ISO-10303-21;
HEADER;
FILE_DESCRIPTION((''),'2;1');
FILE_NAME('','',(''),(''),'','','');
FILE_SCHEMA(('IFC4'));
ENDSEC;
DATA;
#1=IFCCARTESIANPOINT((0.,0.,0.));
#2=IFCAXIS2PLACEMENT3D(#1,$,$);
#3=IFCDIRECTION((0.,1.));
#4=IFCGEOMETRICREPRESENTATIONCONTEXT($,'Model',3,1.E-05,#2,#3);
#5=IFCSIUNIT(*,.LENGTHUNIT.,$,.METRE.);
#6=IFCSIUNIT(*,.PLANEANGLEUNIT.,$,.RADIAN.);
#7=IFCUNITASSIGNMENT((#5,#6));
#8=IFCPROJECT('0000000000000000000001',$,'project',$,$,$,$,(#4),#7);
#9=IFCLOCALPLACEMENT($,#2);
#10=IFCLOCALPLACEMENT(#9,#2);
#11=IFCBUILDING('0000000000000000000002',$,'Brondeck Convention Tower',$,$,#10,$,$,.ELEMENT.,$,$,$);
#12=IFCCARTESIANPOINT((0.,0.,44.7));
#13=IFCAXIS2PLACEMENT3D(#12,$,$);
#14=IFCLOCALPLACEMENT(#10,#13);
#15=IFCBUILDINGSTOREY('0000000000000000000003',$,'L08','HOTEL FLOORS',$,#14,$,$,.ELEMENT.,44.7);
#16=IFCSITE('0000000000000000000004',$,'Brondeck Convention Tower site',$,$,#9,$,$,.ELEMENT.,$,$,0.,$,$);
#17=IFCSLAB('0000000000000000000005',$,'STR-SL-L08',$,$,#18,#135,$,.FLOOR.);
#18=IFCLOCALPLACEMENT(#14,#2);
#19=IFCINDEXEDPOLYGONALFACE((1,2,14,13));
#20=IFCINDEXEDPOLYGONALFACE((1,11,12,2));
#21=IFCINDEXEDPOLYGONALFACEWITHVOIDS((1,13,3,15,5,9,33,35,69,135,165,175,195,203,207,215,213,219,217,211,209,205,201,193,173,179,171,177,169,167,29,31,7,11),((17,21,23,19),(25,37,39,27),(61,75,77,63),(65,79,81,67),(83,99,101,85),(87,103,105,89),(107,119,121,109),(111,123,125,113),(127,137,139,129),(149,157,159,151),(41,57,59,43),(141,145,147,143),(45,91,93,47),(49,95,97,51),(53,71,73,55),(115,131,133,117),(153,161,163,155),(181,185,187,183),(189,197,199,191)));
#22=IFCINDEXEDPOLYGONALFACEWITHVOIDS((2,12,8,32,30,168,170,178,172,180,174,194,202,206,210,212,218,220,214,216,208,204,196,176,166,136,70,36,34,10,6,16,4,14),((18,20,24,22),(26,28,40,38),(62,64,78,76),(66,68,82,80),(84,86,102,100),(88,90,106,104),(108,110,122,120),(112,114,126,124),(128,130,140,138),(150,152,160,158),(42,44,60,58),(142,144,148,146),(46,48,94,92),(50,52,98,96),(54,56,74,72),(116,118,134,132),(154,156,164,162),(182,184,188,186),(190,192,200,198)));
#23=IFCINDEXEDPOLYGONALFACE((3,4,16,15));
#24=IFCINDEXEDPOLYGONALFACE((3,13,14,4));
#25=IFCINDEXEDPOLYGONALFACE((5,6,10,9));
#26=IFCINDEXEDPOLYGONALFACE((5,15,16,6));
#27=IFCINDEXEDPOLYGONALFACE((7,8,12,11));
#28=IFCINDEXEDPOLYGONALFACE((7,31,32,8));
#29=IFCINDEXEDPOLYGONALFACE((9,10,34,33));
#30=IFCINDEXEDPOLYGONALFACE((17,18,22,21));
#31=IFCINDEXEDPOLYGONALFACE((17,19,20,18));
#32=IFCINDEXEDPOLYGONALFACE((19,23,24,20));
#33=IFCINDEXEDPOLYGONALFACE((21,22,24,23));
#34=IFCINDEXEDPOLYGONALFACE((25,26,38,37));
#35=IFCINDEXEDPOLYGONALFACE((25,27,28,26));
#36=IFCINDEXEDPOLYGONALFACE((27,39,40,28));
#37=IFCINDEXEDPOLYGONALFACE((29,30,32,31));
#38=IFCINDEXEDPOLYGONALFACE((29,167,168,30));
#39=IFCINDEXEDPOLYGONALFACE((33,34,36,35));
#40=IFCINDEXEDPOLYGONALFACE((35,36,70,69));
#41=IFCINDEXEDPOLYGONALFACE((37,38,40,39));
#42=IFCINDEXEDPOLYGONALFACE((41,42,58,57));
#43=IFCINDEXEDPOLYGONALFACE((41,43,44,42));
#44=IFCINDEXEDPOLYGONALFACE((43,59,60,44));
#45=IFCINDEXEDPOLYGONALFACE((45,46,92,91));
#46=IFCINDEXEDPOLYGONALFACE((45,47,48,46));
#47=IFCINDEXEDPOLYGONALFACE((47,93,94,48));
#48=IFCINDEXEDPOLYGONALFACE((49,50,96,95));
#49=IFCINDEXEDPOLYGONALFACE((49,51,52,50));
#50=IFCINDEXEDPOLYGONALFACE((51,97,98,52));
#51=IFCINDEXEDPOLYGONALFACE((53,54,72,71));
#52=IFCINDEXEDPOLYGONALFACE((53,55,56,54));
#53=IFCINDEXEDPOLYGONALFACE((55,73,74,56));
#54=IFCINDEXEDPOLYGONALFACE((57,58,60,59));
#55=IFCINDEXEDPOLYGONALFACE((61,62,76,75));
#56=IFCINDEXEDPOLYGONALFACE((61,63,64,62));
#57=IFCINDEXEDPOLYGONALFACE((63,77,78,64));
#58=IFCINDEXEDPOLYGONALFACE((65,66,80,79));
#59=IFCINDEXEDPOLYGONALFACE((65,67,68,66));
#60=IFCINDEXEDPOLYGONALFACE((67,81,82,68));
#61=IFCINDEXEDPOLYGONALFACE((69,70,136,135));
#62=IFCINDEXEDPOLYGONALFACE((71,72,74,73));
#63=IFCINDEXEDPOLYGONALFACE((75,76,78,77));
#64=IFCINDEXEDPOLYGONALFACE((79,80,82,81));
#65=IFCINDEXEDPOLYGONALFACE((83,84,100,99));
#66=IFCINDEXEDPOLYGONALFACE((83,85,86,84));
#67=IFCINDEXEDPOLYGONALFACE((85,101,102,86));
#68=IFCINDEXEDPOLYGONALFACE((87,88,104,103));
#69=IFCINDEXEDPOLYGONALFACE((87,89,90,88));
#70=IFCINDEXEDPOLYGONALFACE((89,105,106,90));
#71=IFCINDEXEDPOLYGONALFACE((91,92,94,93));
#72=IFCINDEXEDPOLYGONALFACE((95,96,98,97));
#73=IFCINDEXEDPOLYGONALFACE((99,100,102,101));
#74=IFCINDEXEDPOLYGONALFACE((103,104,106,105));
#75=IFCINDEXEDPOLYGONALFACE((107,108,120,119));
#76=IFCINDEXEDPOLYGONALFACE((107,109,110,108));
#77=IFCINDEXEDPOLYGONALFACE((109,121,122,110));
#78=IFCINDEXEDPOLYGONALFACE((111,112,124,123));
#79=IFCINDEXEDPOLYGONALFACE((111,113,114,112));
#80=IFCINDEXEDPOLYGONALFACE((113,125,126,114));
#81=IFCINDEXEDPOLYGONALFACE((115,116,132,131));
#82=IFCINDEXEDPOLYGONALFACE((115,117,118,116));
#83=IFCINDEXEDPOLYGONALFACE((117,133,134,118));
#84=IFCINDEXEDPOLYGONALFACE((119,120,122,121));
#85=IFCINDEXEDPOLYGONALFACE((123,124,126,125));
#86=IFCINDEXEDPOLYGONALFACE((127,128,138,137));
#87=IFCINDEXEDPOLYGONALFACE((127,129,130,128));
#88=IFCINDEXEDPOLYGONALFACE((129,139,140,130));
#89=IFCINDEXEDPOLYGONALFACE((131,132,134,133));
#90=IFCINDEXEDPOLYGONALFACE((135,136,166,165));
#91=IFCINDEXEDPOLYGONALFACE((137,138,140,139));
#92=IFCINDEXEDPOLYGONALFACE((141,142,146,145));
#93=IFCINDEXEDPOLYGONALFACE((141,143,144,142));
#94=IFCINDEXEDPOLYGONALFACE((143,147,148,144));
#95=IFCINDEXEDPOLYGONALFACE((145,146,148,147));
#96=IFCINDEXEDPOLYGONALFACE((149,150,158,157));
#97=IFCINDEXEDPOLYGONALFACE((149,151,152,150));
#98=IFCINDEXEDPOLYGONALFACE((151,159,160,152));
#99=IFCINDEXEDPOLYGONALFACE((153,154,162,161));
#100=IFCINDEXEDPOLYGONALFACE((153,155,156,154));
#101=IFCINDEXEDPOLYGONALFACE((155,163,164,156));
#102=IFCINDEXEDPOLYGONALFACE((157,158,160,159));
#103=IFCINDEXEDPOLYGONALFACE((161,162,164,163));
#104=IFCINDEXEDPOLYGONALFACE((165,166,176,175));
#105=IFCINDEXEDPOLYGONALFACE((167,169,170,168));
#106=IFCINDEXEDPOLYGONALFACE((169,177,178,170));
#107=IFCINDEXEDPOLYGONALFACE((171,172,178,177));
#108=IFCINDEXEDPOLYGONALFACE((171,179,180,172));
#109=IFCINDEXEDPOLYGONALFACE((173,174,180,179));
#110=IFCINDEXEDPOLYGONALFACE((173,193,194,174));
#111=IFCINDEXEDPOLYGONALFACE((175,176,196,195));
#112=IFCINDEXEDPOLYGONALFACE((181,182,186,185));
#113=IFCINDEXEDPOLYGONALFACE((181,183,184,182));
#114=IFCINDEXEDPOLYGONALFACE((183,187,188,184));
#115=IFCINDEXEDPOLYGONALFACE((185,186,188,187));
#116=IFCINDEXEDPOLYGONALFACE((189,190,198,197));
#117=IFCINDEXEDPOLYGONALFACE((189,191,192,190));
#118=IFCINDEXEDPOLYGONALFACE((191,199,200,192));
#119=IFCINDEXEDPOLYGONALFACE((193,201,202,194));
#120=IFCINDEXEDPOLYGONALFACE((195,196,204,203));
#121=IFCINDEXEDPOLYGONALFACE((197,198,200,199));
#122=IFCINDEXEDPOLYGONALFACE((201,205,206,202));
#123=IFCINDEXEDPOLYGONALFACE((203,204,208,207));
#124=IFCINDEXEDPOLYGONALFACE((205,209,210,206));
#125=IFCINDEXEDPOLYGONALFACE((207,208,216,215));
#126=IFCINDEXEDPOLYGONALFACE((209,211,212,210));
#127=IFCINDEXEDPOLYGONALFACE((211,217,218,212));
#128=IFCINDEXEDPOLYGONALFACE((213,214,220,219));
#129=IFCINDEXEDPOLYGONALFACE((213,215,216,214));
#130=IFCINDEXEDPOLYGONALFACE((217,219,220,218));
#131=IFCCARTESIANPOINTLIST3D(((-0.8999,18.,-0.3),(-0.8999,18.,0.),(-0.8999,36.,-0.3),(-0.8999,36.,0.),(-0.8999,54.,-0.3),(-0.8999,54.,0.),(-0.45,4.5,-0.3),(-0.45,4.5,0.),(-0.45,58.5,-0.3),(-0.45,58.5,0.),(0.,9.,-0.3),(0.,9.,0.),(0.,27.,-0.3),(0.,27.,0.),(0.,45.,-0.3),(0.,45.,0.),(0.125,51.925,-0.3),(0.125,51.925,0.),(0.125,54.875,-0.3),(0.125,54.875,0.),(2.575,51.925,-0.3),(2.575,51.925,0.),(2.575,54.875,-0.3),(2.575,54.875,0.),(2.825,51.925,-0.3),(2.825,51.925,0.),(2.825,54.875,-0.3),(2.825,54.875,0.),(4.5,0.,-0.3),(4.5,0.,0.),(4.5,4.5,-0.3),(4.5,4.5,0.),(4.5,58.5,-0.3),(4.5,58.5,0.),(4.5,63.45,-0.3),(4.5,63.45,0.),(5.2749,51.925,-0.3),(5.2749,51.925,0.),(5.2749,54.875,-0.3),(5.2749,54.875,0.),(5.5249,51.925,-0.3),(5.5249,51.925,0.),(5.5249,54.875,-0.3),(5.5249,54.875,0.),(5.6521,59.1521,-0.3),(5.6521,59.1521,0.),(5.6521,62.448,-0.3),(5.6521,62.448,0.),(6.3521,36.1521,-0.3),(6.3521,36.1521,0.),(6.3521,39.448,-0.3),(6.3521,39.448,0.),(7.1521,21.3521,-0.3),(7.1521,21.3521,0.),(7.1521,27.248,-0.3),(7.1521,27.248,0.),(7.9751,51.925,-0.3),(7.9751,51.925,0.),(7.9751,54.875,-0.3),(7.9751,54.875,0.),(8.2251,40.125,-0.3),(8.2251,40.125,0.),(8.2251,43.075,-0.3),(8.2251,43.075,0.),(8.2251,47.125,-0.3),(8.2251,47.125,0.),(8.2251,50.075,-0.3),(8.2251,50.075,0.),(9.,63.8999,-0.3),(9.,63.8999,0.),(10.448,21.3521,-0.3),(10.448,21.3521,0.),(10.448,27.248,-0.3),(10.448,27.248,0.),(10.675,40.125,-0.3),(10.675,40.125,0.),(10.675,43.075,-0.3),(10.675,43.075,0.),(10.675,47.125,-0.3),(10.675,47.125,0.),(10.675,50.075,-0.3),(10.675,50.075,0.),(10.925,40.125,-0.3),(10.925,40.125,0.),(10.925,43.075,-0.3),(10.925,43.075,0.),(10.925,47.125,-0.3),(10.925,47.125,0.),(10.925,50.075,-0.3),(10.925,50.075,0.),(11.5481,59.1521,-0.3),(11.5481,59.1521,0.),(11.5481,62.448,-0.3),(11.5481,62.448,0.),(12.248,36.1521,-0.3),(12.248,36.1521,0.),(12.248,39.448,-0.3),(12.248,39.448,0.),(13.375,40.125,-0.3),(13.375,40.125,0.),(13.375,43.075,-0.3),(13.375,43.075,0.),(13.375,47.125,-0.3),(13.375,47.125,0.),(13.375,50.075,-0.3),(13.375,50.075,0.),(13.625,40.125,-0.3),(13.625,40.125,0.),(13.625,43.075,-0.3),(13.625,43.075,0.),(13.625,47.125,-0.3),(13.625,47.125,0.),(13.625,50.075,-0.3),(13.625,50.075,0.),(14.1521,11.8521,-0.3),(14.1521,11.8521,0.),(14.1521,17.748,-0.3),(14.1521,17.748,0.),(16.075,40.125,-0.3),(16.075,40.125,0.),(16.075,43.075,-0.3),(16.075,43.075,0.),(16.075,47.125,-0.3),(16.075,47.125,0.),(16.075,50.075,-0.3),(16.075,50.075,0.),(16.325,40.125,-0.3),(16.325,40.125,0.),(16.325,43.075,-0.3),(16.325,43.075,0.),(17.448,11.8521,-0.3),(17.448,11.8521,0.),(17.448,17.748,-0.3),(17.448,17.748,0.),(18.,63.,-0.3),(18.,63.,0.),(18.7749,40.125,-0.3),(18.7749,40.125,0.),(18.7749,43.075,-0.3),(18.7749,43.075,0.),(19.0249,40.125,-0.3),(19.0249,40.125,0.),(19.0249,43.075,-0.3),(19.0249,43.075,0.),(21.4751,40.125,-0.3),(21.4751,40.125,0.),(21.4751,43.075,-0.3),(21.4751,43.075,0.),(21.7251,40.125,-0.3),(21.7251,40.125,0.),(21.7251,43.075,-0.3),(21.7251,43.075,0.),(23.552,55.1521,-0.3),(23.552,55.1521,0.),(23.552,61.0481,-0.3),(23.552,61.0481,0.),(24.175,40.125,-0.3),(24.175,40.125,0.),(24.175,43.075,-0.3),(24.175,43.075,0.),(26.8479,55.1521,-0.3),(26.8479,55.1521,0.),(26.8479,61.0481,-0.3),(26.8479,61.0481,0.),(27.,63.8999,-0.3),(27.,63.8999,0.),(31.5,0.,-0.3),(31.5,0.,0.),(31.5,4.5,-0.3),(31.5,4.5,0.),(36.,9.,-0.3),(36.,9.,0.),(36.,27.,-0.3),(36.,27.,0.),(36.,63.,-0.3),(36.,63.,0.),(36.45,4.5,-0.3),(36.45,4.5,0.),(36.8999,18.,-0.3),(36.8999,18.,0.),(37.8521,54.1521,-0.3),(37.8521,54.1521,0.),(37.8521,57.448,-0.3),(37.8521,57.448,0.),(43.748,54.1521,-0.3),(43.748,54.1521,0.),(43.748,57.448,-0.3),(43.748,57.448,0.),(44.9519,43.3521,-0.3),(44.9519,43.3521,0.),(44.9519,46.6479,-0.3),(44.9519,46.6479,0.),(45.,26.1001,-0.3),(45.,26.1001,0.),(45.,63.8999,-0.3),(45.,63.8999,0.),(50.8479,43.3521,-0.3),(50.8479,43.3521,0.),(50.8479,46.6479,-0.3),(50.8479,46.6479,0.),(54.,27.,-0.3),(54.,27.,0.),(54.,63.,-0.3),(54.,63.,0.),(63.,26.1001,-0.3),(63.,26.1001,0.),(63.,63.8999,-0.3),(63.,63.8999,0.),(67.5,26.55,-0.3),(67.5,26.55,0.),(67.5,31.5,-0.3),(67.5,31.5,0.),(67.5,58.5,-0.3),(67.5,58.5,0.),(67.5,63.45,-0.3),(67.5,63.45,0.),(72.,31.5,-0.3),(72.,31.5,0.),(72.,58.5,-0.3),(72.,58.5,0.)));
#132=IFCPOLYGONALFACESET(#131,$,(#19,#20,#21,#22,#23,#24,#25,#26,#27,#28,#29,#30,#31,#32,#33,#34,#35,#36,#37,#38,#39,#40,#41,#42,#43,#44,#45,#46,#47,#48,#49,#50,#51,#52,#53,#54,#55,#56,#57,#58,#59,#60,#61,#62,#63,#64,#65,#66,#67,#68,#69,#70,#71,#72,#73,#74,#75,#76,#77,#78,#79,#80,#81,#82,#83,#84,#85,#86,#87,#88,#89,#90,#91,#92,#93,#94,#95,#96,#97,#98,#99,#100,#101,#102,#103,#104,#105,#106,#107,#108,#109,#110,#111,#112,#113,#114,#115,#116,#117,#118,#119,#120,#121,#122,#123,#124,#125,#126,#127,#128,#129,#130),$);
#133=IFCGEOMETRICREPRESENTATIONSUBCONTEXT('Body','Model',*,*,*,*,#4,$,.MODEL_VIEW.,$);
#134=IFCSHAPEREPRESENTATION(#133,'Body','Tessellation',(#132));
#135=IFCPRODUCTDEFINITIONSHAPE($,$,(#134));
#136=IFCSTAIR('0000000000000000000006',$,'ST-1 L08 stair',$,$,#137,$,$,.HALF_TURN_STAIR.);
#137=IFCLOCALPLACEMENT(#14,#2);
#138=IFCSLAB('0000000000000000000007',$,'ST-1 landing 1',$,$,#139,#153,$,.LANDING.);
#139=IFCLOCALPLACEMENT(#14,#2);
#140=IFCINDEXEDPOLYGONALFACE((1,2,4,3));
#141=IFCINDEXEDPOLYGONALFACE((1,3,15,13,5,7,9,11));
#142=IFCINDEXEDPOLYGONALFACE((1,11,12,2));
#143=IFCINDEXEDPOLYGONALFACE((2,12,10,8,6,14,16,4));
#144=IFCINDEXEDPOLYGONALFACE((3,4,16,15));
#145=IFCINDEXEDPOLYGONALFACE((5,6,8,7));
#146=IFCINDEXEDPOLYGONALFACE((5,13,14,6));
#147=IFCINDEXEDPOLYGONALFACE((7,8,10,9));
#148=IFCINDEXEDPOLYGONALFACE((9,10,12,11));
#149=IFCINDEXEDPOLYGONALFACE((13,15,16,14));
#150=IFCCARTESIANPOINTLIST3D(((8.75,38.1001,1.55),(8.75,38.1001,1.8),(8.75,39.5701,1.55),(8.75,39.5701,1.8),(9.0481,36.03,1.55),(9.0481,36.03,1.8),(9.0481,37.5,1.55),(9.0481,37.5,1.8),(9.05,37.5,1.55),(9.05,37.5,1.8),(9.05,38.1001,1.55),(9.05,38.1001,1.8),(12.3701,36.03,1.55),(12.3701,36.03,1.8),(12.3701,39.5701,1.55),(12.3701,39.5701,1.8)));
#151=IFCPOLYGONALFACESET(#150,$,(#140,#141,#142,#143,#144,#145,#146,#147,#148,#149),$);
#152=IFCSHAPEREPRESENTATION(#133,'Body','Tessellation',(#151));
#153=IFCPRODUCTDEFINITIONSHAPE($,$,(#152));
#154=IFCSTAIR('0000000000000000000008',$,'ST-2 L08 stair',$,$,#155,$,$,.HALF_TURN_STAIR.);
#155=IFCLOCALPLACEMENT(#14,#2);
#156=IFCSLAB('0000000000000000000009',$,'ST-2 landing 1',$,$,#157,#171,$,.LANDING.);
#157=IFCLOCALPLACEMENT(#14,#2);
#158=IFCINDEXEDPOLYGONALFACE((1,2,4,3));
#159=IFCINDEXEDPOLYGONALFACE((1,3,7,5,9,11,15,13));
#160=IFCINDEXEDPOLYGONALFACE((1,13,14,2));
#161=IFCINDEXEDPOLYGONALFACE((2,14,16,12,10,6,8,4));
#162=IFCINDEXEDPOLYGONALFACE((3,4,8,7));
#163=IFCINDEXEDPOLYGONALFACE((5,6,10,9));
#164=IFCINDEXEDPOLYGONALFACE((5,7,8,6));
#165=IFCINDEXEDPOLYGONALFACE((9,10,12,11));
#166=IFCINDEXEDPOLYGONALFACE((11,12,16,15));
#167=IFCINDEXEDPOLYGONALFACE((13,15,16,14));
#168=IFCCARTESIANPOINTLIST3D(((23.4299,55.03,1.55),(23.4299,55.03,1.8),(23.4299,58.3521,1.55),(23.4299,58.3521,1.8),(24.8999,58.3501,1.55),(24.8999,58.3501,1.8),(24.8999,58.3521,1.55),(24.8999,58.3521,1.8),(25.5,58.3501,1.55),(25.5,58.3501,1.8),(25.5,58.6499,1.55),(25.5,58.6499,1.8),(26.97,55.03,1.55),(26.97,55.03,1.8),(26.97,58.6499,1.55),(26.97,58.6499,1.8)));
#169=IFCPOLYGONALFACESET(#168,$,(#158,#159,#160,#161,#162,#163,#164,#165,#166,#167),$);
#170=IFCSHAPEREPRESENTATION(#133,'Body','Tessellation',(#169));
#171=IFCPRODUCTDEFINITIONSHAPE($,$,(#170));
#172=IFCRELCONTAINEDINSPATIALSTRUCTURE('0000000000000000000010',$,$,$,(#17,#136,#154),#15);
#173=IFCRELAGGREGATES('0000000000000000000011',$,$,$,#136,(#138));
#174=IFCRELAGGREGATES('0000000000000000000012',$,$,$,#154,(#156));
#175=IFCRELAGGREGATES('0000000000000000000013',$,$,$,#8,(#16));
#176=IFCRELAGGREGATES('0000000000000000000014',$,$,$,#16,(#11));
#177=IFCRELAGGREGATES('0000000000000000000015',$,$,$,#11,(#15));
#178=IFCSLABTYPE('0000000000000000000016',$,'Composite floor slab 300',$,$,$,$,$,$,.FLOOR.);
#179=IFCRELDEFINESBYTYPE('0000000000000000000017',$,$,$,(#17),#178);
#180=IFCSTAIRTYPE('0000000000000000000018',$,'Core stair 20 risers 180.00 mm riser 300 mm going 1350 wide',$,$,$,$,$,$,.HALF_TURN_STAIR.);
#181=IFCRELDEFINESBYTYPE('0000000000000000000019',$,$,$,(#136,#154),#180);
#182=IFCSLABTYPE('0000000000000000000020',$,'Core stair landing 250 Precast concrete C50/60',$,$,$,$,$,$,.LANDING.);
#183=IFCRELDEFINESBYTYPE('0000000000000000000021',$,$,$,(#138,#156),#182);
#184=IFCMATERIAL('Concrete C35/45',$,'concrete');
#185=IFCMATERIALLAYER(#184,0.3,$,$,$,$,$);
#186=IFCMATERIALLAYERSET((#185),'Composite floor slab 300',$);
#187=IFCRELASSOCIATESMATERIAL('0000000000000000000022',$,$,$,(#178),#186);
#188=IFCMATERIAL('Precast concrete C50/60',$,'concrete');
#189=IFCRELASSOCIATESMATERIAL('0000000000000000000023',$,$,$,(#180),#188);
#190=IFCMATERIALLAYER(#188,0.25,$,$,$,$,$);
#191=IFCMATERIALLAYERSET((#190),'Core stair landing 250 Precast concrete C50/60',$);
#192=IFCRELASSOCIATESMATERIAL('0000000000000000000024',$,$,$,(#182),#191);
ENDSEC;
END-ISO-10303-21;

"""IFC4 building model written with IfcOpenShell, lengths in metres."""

from ifc_helpers import new_model, si_unit, direction, frame, origin, place, context, subcontext, project, spatial, polyline, outline, extrude, material, layer, layer_set, type_object, element, aggregate, save


model = new_model("IFC4")

# Units and contexts
model_context = context("Model", 3, precision=1e-05, world=origin(), true_north=direction((0.0, 1.0)))
body_context = subcontext(model_context, "Body", "Model", "MODEL_VIEW")
ifc_project = project(units=[si_unit("LENGTHUNIT", "METRE"), si_unit("PLANEANGLEUNIT", "RADIAN")], contexts=[model_context])

# Site, building, storey
site_placement = place(None, origin())
site = spatial("IfcSite", under=ifc_project, at=site_placement, Name="Brondeck Convention Tower site", CompositionType="ELEMENT", RefElevation=0.0)
building_placement = place(site_placement, origin())
building = spatial("IfcBuilding", under=site, at=building_placement, Name="Brondeck Convention Tower", CompositionType="ELEMENT")
storey_placement = place(building_placement, frame((0.0, 0.0, 44.7)))
storey = spatial("IfcBuildingStorey", under=building, at=storey_placement, Name="L08", Description="HOTEL FLOORS", CompositionType="ELEMENT", Elevation=44.7)

# Slab
ifc_material_1 = material(Name="Concrete C35/45", Category="concrete")
ifc_layer_1 = layer(ifc_material_1, 0.3)
ifc_layer_set_1 = layer_set([ifc_layer_1], Name="Composite floor slab 300")
slab_type_1 = type_object("IfcSlabType", Name="Composite floor slab 300", PredefinedType="FLOOR", material=ifc_layer_set_1)
slab_1_placement = place(storey_placement, frame((0.0, 0.0, -0.3)))
element("IfcSlab", 1, at=slab_1_placement, inside=storey, type_object=slab_type_1, Name="STR-SL-L08", PredefinedType="FLOOR", context=body_context, shape_type="SweptSolid", body=[
    extrude(outline(polyline([(4.5, 4.5), (-0.45, 4.5), (0.0, 9.0), (-0.8999, 18.0), (0.0, 27.0), (-0.8999, 36.0), (0.0, 45.0), (-0.8999, 54.0), (-0.45, 58.5), (4.5, 58.5), (4.5, 63.45), (9.0, 63.8999), (18.0, 63.0), (27.0, 63.8999), (36.0, 63.0), (45.0, 63.8999), (54.0, 63.0), (63.0, 63.8999), (67.5, 63.45), (67.5, 58.5), (72.0, 58.5), (72.0, 31.5), (67.5, 31.5), (67.5, 26.55), (63.0, 26.1001), (54.0, 27.0), (45.0, 26.1001), (36.0, 27.0), (36.8999, 18.0), (36.0, 9.0), (36.45, 4.5), (31.5, 4.5), (31.5, 0.0), (4.5, 0.0), (4.5, 4.5)]), holes=[polyline([(10.448, 27.248), (7.1521, 27.248), (7.1521, 21.3521), (10.448, 21.3521), (10.448, 27.248)]), polyline([(12.248, 36.1521), (12.248, 39.448), (6.3521, 39.448), (6.3521, 36.1521), (12.248, 36.1521)]), polyline([(10.675, 40.125), (10.675, 43.075), (8.2251, 43.075), (8.2251, 40.125), (10.675, 40.125)]), polyline([(13.375, 40.125), (13.375, 43.075), (10.925, 43.075), (10.925, 40.125), (13.375, 40.125)]), polyline([(10.675, 47.125), (10.675, 50.075), (8.2251, 50.075), (8.2251, 47.125), (10.675, 47.125)]), polyline([(13.375, 47.125), (13.375, 50.075), (10.925, 50.075), (10.925, 47.125), (13.375, 47.125)]), polyline([(2.575, 51.925), (2.575, 54.875), (0.125, 54.875), (0.125, 51.925), (2.575, 51.925)]), polyline([(2.825, 51.925), (5.2749, 51.925), (5.2749, 54.875), (2.825, 54.875), (2.825, 51.925)]), polyline([(5.5249, 51.925), (7.9751, 51.925), (7.9751, 54.875), (5.5249, 54.875), (5.5249, 51.925)]), polyline([(5.6521, 62.448), (5.6521, 59.1521), (11.5481, 59.1521), (11.5481, 62.448), (5.6521, 62.448)]), polyline([(17.448, 17.748), (14.1521, 17.748), (14.1521, 11.8521), (17.448, 11.8521), (17.448, 17.748)]), polyline([(16.075, 40.125), (16.075, 43.075), (13.625, 43.075), (13.625, 40.125), (16.075, 40.125)]), polyline([(16.325, 40.125), (18.7749, 40.125), (18.7749, 43.075), (16.325, 43.075), (16.325, 40.125)]), polyline([(19.0249, 40.125), (21.4751, 40.125), (21.4751, 43.075), (19.0249, 43.075), (19.0249, 40.125)]), polyline([(24.175, 40.125), (24.175, 43.075), (21.7251, 43.075), (21.7251, 40.125), (24.175, 40.125)]), polyline([(50.8479, 43.3521), (50.8479, 46.6479), (44.9519, 46.6479), (44.9519, 43.3521), (50.8479, 43.3521)]), polyline([(16.075, 47.125), (16.075, 50.075), (13.625, 50.075), (13.625, 47.125), (16.075, 47.125)]), polyline([(37.8521, 54.1521), (43.748, 54.1521), (43.748, 57.448), (37.8521, 57.448), (37.8521, 54.1521)]), polyline([(23.552, 61.0481), (23.552, 55.1521), (26.8479, 55.1521), (26.8479, 61.0481), (23.552, 61.0481)])]), origin(), (0.0, 0.0, 1.0), 0.3),
])

# Stairs, slabs
ifc_material_2 = material(Name="Precast concrete C50/60", Category="concrete")
stair_type = type_object("IfcStairType", Name="Core stair 20 risers 180.00 mm riser 300 mm going 1350 wide", PredefinedType="HALF_TURN_STAIR", material=ifc_material_2)
stair_1_placement = place(storey_placement, origin())
stair_1 = element("IfcStair", 2, at=stair_1_placement, inside=storey, type_object=stair_type, Name="ST-1 L08 stair", PredefinedType="HALF_TURN_STAIR")
ifc_layer_2 = layer(ifc_material_2, 0.25)
ifc_layer_set_2 = layer_set([ifc_layer_2], Name="Core stair landing 250 Precast concrete C50/60")
slab_type_2 = type_object("IfcSlabType", Name="Core stair landing 250 Precast concrete C50/60", PredefinedType="LANDING", material=ifc_layer_set_2)
slab_2_placement = place(storey_placement, frame((0.0, 0.0, 1.55)))
slab_2 = element("IfcSlab", 3, at=slab_2_placement, type_object=slab_type_2, Name="ST-1 landing 1", PredefinedType="LANDING", context=body_context, shape_type="SweptSolid", body=[
    extrude(outline(polyline([(9.0481, 37.5), (9.05, 37.5), (9.05, 38.1001), (8.75, 38.1001), (8.75, 39.5701), (12.3701, 39.5701), (12.3701, 36.03), (9.0481, 36.03), (9.0481, 37.5)])), origin(), (0.0, 0.0, 1.0), 0.25),
])
aggregate(stair_1, [slab_2])
stair_2_placement = place(storey_placement, origin())
stair_2 = element("IfcStair", 4, at=stair_2_placement, inside=storey, type_object=stair_type, Name="ST-2 L08 stair", PredefinedType="HALF_TURN_STAIR")
slab_3_placement = place(storey_placement, frame((0.0, 0.0, 1.55)))
slab_3 = element("IfcSlab", 5, at=slab_3_placement, type_object=slab_type_2, Name="ST-2 landing 1", PredefinedType="LANDING", context=body_context, shape_type="SweptSolid", body=[
    extrude(outline(polyline([(23.4299, 58.3521), (24.8999, 58.3521), (24.8999, 58.3501), (25.5, 58.3501), (25.5, 58.6499), (26.97, 58.6499), (26.97, 55.03), (23.4299, 55.03), (23.4299, 58.3521)])), origin(), (0.0, 0.0, 1.0), 0.25),
])
aggregate(stair_2, [slab_3])

save(model, "model.ifc")
